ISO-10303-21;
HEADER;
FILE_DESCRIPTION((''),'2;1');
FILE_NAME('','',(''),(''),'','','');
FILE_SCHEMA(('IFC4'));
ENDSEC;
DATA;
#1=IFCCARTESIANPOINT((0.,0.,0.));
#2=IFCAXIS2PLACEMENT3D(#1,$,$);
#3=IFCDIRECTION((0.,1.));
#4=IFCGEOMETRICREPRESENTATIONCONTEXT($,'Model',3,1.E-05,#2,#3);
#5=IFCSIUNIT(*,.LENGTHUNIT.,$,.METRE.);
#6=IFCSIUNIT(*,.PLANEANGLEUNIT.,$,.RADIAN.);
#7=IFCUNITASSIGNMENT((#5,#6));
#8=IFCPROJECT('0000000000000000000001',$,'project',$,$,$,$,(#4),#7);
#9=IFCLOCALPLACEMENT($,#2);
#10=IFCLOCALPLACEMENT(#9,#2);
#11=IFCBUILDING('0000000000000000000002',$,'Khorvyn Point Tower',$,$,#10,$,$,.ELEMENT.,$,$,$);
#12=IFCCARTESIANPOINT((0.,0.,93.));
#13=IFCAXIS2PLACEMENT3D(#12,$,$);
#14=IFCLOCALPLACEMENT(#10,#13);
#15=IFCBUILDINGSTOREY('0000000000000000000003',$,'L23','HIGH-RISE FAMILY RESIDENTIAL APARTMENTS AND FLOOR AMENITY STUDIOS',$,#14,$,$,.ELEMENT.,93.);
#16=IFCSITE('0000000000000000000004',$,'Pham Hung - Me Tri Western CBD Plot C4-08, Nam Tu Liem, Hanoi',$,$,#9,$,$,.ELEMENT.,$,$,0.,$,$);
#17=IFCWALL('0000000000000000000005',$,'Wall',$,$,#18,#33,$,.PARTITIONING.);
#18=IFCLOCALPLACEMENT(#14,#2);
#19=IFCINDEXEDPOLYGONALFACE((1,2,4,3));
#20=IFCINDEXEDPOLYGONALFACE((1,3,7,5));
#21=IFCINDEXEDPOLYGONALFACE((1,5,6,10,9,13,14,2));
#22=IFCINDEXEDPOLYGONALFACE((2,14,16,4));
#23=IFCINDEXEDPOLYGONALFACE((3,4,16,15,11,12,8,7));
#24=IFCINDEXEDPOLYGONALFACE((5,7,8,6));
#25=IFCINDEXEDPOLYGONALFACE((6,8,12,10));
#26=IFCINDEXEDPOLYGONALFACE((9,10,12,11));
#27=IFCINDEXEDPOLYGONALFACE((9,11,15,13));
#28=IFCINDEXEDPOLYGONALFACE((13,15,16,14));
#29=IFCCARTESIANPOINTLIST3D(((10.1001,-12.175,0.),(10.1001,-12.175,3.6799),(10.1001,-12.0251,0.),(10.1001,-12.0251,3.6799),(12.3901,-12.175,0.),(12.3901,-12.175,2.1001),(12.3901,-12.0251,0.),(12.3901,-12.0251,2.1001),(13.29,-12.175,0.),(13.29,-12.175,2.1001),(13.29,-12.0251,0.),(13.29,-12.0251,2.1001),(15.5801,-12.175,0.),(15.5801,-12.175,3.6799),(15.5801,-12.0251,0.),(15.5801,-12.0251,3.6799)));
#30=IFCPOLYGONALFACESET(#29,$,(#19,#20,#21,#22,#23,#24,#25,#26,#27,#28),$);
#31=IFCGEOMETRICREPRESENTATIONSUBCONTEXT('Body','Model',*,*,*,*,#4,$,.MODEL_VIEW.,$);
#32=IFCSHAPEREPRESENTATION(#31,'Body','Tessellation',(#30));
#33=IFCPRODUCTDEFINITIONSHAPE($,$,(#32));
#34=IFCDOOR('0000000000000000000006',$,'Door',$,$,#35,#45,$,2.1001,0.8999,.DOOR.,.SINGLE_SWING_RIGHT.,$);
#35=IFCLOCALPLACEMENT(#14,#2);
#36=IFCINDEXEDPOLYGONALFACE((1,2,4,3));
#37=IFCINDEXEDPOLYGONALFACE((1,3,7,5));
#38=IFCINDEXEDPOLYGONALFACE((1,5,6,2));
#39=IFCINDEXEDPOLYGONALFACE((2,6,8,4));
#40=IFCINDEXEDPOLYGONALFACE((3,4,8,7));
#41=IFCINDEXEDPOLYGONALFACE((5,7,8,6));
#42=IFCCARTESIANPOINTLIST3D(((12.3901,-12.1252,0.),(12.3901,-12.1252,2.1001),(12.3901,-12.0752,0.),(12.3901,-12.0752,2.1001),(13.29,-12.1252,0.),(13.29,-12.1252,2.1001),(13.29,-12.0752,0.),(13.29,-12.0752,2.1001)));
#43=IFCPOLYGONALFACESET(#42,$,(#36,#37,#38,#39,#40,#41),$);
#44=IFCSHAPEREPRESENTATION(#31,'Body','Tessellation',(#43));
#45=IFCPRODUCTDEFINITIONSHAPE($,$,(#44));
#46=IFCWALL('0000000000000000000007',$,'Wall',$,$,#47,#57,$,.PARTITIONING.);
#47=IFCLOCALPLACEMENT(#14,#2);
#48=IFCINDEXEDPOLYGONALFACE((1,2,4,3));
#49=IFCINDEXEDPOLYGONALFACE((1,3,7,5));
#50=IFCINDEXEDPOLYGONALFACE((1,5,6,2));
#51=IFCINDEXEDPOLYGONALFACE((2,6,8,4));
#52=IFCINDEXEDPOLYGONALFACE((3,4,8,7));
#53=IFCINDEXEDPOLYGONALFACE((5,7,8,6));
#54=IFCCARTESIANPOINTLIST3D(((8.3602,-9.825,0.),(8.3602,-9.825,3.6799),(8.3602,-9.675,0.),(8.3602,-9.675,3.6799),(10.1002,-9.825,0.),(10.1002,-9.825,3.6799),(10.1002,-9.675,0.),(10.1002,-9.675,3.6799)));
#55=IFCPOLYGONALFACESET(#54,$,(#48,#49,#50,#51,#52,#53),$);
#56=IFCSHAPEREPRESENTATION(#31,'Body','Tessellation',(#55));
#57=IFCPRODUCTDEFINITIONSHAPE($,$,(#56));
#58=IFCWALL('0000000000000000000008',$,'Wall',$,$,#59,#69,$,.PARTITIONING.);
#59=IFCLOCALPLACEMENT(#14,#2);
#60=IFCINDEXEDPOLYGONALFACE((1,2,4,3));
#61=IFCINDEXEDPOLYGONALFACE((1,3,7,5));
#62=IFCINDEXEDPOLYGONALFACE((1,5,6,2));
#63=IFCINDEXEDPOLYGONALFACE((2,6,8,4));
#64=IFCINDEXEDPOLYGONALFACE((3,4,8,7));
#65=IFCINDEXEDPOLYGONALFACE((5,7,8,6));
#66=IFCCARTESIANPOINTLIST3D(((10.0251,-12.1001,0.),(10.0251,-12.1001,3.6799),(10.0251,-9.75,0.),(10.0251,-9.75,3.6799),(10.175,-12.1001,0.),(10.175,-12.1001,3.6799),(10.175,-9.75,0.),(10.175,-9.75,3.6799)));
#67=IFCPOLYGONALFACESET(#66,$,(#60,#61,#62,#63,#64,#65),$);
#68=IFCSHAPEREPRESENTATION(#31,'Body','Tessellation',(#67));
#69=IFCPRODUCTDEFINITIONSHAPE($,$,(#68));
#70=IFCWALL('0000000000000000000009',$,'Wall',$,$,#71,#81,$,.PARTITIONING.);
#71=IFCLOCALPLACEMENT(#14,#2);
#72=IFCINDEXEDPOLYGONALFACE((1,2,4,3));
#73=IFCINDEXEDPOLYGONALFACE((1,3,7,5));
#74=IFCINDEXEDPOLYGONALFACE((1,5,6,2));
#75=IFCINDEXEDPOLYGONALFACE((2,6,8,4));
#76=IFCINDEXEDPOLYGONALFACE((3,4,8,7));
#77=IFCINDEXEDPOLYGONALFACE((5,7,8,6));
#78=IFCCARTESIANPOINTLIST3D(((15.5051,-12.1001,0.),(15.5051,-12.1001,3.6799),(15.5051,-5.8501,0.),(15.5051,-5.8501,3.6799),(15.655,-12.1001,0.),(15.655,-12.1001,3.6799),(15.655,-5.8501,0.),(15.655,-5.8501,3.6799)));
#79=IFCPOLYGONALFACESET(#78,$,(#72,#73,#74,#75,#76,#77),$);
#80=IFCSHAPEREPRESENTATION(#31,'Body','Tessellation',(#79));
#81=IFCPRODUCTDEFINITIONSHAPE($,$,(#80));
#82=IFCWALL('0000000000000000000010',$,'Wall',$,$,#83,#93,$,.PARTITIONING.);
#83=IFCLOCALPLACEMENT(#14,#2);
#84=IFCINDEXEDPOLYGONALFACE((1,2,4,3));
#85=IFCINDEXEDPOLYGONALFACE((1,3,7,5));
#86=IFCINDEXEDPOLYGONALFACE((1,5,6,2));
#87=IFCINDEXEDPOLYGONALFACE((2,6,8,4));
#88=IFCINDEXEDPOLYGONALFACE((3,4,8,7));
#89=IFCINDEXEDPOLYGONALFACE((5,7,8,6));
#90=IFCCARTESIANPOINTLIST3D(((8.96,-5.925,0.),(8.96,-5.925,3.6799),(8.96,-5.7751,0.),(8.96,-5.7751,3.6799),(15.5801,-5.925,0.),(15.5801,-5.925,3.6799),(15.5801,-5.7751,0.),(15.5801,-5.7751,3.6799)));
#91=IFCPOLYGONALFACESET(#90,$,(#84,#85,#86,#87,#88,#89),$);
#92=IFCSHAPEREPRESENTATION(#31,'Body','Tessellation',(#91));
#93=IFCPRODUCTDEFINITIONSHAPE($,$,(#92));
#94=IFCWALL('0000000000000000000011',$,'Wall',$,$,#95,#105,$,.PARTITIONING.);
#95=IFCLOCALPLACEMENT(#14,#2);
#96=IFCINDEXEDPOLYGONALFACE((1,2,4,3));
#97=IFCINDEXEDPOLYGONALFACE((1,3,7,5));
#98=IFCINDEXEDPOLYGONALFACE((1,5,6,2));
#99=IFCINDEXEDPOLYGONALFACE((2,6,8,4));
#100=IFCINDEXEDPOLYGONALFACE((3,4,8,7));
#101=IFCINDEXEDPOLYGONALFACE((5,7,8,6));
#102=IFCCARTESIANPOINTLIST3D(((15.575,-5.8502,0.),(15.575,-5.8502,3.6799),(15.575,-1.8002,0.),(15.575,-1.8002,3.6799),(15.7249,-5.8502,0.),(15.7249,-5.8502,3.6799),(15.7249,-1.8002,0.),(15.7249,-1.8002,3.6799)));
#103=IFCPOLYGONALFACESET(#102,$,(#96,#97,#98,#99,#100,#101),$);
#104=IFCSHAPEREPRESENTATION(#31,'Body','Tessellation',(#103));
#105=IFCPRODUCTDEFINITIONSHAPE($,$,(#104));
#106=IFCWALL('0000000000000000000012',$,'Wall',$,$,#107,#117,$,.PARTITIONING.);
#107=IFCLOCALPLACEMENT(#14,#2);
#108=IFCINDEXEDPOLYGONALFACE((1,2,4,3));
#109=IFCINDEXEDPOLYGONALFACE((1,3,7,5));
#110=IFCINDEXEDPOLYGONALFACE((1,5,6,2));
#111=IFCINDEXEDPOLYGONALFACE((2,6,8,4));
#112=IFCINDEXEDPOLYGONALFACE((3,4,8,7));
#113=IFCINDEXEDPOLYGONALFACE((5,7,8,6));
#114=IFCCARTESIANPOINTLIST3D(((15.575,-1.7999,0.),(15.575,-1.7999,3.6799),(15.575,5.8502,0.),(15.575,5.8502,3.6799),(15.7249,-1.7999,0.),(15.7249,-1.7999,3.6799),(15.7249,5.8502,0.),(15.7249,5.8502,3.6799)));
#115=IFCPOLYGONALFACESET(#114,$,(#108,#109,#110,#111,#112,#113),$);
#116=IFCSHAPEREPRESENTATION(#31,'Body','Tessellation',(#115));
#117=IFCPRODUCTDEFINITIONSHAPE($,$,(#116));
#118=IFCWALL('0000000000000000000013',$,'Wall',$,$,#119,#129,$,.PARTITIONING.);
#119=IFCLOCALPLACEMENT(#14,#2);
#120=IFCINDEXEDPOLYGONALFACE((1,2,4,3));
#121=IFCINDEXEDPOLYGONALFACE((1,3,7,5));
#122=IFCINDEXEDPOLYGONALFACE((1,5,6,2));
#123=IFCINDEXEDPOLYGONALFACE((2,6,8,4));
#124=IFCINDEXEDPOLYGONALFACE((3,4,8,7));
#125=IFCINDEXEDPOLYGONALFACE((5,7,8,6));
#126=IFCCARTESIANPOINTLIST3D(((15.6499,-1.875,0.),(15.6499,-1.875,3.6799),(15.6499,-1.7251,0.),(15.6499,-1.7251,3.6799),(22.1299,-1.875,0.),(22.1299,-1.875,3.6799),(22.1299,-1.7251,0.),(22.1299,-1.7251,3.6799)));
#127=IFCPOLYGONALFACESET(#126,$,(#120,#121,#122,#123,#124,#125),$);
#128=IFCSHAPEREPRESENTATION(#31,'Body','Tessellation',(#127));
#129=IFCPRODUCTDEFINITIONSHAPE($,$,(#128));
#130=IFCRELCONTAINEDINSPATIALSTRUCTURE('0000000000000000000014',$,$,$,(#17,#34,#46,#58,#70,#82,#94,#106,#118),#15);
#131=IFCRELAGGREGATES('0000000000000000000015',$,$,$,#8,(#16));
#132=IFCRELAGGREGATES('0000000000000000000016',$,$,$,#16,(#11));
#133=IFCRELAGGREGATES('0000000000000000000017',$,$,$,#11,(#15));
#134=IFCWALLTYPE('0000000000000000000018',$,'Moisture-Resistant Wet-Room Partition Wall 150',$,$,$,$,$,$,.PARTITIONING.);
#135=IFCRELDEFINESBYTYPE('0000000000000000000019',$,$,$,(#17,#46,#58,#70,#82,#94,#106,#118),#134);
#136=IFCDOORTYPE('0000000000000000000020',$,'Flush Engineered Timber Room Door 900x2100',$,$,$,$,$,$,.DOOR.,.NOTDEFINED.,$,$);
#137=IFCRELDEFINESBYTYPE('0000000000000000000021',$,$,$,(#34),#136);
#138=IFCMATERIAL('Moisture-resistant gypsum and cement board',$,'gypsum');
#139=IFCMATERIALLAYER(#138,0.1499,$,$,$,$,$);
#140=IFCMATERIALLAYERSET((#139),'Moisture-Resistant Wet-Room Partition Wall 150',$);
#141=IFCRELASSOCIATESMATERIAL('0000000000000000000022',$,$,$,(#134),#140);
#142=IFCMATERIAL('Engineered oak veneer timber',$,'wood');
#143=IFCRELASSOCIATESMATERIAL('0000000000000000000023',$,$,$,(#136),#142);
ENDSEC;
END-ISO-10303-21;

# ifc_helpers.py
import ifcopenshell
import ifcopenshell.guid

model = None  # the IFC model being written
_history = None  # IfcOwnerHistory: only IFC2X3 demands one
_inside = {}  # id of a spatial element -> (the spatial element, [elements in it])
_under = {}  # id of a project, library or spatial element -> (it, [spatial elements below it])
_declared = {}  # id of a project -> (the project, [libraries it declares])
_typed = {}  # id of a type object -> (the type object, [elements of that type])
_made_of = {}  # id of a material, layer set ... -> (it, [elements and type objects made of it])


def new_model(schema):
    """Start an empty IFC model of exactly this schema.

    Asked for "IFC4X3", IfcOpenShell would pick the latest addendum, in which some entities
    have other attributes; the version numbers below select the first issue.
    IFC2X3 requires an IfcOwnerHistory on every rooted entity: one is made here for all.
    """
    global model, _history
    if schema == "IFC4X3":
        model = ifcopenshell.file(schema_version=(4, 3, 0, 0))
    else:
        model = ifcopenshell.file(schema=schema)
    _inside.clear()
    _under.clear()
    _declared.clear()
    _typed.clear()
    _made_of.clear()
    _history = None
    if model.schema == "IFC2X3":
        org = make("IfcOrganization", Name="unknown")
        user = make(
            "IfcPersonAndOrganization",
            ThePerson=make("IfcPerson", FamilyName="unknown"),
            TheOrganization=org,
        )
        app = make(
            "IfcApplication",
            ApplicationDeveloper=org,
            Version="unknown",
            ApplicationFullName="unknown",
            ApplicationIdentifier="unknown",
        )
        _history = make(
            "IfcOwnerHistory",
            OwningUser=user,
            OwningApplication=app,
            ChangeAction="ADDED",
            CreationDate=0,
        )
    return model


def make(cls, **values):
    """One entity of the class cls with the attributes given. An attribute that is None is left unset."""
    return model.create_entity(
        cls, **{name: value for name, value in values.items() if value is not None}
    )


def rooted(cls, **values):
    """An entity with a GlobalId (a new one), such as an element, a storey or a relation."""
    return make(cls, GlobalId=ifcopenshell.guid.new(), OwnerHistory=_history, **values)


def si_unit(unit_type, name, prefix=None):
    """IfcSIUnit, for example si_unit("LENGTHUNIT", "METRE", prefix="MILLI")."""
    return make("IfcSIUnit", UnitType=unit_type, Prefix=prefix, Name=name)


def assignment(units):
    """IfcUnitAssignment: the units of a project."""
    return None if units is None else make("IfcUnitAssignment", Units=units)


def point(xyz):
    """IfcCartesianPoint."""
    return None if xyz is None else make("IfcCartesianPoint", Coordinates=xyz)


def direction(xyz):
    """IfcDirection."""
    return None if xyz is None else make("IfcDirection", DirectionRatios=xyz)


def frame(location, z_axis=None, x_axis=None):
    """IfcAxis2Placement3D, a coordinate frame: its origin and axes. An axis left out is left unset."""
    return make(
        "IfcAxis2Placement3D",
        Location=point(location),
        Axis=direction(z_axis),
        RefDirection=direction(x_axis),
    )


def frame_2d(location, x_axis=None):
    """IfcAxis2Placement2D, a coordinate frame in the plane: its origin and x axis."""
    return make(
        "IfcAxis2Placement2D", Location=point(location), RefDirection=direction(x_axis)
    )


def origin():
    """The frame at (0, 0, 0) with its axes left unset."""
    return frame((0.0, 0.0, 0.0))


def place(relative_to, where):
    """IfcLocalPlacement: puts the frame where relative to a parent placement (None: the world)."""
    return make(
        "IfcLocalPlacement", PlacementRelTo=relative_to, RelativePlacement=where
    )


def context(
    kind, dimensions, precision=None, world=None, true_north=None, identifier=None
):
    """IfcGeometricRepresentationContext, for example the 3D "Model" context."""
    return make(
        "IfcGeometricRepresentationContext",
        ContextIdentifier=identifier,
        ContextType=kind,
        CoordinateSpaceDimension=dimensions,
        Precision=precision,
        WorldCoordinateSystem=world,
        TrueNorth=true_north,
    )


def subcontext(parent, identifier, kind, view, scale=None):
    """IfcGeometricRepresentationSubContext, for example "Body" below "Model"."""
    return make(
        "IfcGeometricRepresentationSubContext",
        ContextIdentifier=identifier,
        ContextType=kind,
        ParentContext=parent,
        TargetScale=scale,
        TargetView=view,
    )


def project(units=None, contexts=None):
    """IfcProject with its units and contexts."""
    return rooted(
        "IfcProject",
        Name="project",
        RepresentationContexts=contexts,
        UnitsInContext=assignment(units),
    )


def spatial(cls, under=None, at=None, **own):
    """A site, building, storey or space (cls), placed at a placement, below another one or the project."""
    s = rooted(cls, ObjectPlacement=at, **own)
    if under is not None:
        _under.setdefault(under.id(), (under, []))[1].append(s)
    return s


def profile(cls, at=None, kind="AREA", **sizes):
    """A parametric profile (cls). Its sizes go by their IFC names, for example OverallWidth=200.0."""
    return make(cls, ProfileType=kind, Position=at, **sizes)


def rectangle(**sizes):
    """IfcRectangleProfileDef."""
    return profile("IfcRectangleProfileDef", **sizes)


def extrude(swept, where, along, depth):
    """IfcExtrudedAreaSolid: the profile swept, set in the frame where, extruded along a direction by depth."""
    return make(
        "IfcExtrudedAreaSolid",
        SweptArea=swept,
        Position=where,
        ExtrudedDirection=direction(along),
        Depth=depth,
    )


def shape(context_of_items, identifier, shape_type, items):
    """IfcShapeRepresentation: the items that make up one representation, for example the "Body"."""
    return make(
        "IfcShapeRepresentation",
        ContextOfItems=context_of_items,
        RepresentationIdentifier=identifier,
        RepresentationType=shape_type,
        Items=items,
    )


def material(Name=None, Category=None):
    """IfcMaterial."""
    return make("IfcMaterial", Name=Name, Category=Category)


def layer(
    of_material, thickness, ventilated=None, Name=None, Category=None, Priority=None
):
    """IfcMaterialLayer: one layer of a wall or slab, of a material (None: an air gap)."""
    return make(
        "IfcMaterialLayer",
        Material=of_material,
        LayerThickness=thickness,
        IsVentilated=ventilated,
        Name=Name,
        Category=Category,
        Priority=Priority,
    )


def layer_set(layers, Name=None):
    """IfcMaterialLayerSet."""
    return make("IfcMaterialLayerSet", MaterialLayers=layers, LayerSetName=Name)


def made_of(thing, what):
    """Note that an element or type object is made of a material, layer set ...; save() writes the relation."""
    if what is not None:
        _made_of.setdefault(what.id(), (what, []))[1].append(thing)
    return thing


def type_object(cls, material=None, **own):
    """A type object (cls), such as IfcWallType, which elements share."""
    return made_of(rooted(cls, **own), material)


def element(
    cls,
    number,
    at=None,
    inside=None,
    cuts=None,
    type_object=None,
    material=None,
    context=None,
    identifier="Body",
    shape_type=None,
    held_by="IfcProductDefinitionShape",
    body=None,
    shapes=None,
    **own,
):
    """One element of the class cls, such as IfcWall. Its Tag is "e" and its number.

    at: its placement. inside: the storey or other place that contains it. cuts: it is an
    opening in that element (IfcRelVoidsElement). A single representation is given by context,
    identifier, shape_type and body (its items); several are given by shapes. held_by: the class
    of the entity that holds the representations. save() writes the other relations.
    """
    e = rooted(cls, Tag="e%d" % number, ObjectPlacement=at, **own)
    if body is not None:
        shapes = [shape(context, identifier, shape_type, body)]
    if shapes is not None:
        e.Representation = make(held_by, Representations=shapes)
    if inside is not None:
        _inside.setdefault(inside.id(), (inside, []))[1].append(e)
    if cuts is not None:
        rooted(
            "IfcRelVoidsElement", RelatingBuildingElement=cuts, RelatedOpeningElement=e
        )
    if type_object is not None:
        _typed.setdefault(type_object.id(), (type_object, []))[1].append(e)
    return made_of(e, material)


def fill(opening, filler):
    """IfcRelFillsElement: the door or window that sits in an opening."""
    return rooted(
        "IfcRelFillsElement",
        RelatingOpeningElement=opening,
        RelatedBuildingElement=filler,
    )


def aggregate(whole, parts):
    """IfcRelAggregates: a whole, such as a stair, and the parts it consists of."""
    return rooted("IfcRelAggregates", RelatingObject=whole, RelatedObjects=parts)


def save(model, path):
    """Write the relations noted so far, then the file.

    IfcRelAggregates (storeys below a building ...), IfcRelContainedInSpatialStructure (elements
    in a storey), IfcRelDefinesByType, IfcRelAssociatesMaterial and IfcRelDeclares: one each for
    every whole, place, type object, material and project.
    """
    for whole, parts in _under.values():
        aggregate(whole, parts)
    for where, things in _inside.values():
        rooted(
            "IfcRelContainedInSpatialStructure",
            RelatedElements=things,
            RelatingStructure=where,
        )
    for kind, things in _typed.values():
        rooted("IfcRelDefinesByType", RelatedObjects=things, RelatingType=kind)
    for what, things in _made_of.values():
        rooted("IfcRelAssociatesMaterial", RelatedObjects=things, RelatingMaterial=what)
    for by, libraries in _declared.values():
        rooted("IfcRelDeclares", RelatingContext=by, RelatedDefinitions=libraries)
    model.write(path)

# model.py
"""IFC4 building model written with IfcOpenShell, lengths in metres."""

from ifc_helpers import new_model, si_unit, direction, frame, frame_2d, origin, place, context, subcontext, project, spatial, rectangle, extrude, material, layer, layer_set, type_object, element, fill, save


model = new_model("IFC4")

# Units and contexts
model_context = context("Model", 3, precision=1e-05, world=origin(), true_north=direction((0.0, 1.0)))
body_context = subcontext(model_context, "Body", "Model", "MODEL_VIEW")
ifc_project = project(units=[si_unit("LENGTHUNIT", "METRE"), si_unit("PLANEANGLEUNIT", "RADIAN")], contexts=[model_context])

# Site, building, storey
site_placement = place(None, origin())
site = spatial("IfcSite", under=ifc_project, at=site_placement, Name="Pham Hung - Me Tri Western CBD Plot C4-08, Nam Tu Liem, Hanoi", CompositionType="ELEMENT", RefElevation=0.0)
building_placement = place(site_placement, origin())
building = spatial("IfcBuilding", under=site, at=building_placement, Name="Khorvyn Point Tower", CompositionType="ELEMENT")
storey_placement = place(building_placement, frame((0.0, 0.0, 93.0)))
storey = spatial("IfcBuildingStorey", under=building, at=storey_placement, Name="L23", Description="HIGH-RISE FAMILY RESIDENTIAL APARTMENTS AND FLOOR AMENITY STUDIOS", CompositionType="ELEMENT", Elevation=93.0)

# Wall, opening, door
ifc_material_1 = material(Name="Moisture-resistant gypsum and cement board", Category="gypsum")
ifc_layer_1 = layer(ifc_material_1, 0.1499)
ifc_layer_set_1 = layer_set([ifc_layer_1], Name="Moisture-Resistant Wet-Room Partition Wall 150")
wall_type_1 = type_object("IfcWallType", Name="Moisture-Resistant Wet-Room Partition Wall 150", PredefinedType="PARTITIONING", material=ifc_layer_set_1)
wall_1_placement = place(storey_placement, frame((10.1001, -12.1001, 0.0), z_axis=(0.0, 0.0, 1.0), x_axis=(1.0, 0.0, 0.0)))
wall_1 = element("IfcWall", 1, at=wall_1_placement, inside=storey, type_object=wall_type_1, Name="Wall", PredefinedType="PARTITIONING", context=body_context, shape_type="SweptSolid", body=[
    extrude(rectangle(XDim=5.48, YDim=0.1499, at=frame_2d((2.74, 0.0))), origin(), (0.0, 0.0, 1.0), 3.6799),
])
opening_1_placement = place(wall_1_placement, frame((2.29, 0.0, 0.0)))
opening_1 = element("IfcOpeningElement", 2, at=opening_1_placement, cuts=wall_1, PredefinedType="OPENING", context=body_context, shape_type="SweptSolid", body=[
    extrude(rectangle(XDim=0.8999, YDim=2.1001, at=frame_2d((0.45, 1.05))), frame((0.0, 0.085, 0.0), z_axis=(0.0, -1.0, 0.0), x_axis=(1.0, 0.0, 0.0)), (0.0, 0.0, 1.0), 0.1699),
])
ifc_material_2 = material(Name="Engineered oak veneer timber", Category="wood")
door_type_1 = type_object("IfcDoorType", Name="Flush Engineered Timber Room Door 900x2100", OperationType="NOTDEFINED", PredefinedType="DOOR", material=ifc_material_2)
door_1_placement = place(opening_1_placement, origin())
door_1 = element("IfcDoor", 3, at=door_1_placement, inside=storey, type_object=door_type_1, Name="Door", OperationType="SINGLE_SWING_RIGHT", OverallHeight=2.1001, OverallWidth=0.8999, PredefinedType="DOOR", context=body_context, shape_type="SweptSolid", body=[
    extrude(rectangle(XDim=0.8999, YDim=2.1001, at=frame_2d((0.45, 1.05))), frame((0.0, 0.0249, 0.0), z_axis=(0.0, -1.0, 0.0), x_axis=(1.0, 0.0, 0.0)), (0.0, 0.0, 1.0), 0.05),
])
fill(opening_1, door_1)

# Walls
wall_2_placement = place(storey_placement, frame((8.3601, -9.75, 0.0), z_axis=(0.0, 0.0, 1.0), x_axis=(1.0, 0.0, 0.0)))
element("IfcWall", 4, at=wall_2_placement, inside=storey, type_object=wall_type_1, Name="Wall", PredefinedType="PARTITIONING", context=body_context, shape_type="SweptSolid", body=[
    extrude(rectangle(XDim=1.74, YDim=0.1499, at=frame_2d((0.8701, 0.0))), origin(), (0.0, 0.0, 1.0), 3.6799),
])
wall_3_placement = place(storey_placement, frame((10.1001, -12.1001, 0.0), z_axis=(0.0, 0.0, 1.0), x_axis=(0.0, 1.0, 0.0)))
element("IfcWall", 5, at=wall_3_placement, inside=storey, type_object=wall_type_1, Name="Wall", PredefinedType="PARTITIONING", context=body_context, shape_type="SweptSolid", body=[
    extrude(rectangle(XDim=2.3501, YDim=0.1499, at=frame_2d((1.175, 0.0))), origin(), (0.0, 0.0, 1.0), 3.6799),
])
wall_4_placement = place(storey_placement, frame((15.5801, -12.1001, 0.0), z_axis=(0.0, 0.0, 1.0), x_axis=(0.0, 1.0, 0.0)))
element("IfcWall", 6, at=wall_4_placement, inside=storey, type_object=wall_type_1, Name="Wall", PredefinedType="PARTITIONING", context=body_context, shape_type="SweptSolid", body=[
    extrude(rectangle(XDim=6.25, YDim=0.1499, at=frame_2d((3.125, 0.0))), origin(), (0.0, 0.0, 1.0), 3.6799),
])
wall_5_placement = place(storey_placement, frame((8.96, -5.8501, 0.0), z_axis=(0.0, 0.0, 1.0), x_axis=(1.0, 0.0, 0.0)))
element("IfcWall", 7, at=wall_5_placement, inside=storey, type_object=wall_type_1, Name="Wall", PredefinedType="PARTITIONING", context=body_context, shape_type="SweptSolid", body=[
    extrude(rectangle(XDim=6.6201, YDim=0.1499, at=frame_2d((3.3101, 0.0))), origin(), (0.0, 0.0, 1.0), 3.6799),
])
wall_6_placement = place(storey_placement, frame((15.6499, -5.8501, 0.0), z_axis=(0.0, 0.0, 1.0), x_axis=(0.0, 1.0, 0.0)))
element("IfcWall", 8, at=wall_6_placement, inside=storey, type_object=wall_type_1, Name="Wall", PredefinedType="PARTITIONING", context=body_context, shape_type="SweptSolid", body=[
    extrude(rectangle(XDim=4.05, YDim=0.1499, at=frame_2d((2.0249, 0.0))), origin(), (0.0, 0.0, 1.0), 3.6799),
])
wall_7_placement = place(storey_placement, frame((15.6499, -1.8, 0.0), z_axis=(0.0, 0.0, 1.0), x_axis=(0.0, 1.0, 0.0)))
element("IfcWall", 9, at=wall_7_placement, inside=storey, type_object=wall_type_1, Name="Wall", PredefinedType="PARTITIONING", context=body_context, shape_type="SweptSolid", body=[
    extrude(rectangle(XDim=7.6501, YDim=0.1499, at=frame_2d((3.8252, 0.0))), origin(), (0.0, 0.0, 1.0), 3.6799),
])
wall_8_placement = place(storey_placement, frame((15.6499, -1.8, 0.0), z_axis=(0.0, 0.0, 1.0), x_axis=(1.0, 0.0, 0.0)))
element("IfcWall", 10, at=wall_8_placement, inside=storey, type_object=wall_type_1, Name="Wall", PredefinedType="PARTITIONING", context=body_context, shape_type="SweptSolid", body=[
    extrude(rectangle(XDim=6.48, YDim=0.1499, at=frame_2d((3.24, 0.0))), origin(), (0.0, 0.0, 1.0), 3.6799),
])

save(model, "model.ifc")
